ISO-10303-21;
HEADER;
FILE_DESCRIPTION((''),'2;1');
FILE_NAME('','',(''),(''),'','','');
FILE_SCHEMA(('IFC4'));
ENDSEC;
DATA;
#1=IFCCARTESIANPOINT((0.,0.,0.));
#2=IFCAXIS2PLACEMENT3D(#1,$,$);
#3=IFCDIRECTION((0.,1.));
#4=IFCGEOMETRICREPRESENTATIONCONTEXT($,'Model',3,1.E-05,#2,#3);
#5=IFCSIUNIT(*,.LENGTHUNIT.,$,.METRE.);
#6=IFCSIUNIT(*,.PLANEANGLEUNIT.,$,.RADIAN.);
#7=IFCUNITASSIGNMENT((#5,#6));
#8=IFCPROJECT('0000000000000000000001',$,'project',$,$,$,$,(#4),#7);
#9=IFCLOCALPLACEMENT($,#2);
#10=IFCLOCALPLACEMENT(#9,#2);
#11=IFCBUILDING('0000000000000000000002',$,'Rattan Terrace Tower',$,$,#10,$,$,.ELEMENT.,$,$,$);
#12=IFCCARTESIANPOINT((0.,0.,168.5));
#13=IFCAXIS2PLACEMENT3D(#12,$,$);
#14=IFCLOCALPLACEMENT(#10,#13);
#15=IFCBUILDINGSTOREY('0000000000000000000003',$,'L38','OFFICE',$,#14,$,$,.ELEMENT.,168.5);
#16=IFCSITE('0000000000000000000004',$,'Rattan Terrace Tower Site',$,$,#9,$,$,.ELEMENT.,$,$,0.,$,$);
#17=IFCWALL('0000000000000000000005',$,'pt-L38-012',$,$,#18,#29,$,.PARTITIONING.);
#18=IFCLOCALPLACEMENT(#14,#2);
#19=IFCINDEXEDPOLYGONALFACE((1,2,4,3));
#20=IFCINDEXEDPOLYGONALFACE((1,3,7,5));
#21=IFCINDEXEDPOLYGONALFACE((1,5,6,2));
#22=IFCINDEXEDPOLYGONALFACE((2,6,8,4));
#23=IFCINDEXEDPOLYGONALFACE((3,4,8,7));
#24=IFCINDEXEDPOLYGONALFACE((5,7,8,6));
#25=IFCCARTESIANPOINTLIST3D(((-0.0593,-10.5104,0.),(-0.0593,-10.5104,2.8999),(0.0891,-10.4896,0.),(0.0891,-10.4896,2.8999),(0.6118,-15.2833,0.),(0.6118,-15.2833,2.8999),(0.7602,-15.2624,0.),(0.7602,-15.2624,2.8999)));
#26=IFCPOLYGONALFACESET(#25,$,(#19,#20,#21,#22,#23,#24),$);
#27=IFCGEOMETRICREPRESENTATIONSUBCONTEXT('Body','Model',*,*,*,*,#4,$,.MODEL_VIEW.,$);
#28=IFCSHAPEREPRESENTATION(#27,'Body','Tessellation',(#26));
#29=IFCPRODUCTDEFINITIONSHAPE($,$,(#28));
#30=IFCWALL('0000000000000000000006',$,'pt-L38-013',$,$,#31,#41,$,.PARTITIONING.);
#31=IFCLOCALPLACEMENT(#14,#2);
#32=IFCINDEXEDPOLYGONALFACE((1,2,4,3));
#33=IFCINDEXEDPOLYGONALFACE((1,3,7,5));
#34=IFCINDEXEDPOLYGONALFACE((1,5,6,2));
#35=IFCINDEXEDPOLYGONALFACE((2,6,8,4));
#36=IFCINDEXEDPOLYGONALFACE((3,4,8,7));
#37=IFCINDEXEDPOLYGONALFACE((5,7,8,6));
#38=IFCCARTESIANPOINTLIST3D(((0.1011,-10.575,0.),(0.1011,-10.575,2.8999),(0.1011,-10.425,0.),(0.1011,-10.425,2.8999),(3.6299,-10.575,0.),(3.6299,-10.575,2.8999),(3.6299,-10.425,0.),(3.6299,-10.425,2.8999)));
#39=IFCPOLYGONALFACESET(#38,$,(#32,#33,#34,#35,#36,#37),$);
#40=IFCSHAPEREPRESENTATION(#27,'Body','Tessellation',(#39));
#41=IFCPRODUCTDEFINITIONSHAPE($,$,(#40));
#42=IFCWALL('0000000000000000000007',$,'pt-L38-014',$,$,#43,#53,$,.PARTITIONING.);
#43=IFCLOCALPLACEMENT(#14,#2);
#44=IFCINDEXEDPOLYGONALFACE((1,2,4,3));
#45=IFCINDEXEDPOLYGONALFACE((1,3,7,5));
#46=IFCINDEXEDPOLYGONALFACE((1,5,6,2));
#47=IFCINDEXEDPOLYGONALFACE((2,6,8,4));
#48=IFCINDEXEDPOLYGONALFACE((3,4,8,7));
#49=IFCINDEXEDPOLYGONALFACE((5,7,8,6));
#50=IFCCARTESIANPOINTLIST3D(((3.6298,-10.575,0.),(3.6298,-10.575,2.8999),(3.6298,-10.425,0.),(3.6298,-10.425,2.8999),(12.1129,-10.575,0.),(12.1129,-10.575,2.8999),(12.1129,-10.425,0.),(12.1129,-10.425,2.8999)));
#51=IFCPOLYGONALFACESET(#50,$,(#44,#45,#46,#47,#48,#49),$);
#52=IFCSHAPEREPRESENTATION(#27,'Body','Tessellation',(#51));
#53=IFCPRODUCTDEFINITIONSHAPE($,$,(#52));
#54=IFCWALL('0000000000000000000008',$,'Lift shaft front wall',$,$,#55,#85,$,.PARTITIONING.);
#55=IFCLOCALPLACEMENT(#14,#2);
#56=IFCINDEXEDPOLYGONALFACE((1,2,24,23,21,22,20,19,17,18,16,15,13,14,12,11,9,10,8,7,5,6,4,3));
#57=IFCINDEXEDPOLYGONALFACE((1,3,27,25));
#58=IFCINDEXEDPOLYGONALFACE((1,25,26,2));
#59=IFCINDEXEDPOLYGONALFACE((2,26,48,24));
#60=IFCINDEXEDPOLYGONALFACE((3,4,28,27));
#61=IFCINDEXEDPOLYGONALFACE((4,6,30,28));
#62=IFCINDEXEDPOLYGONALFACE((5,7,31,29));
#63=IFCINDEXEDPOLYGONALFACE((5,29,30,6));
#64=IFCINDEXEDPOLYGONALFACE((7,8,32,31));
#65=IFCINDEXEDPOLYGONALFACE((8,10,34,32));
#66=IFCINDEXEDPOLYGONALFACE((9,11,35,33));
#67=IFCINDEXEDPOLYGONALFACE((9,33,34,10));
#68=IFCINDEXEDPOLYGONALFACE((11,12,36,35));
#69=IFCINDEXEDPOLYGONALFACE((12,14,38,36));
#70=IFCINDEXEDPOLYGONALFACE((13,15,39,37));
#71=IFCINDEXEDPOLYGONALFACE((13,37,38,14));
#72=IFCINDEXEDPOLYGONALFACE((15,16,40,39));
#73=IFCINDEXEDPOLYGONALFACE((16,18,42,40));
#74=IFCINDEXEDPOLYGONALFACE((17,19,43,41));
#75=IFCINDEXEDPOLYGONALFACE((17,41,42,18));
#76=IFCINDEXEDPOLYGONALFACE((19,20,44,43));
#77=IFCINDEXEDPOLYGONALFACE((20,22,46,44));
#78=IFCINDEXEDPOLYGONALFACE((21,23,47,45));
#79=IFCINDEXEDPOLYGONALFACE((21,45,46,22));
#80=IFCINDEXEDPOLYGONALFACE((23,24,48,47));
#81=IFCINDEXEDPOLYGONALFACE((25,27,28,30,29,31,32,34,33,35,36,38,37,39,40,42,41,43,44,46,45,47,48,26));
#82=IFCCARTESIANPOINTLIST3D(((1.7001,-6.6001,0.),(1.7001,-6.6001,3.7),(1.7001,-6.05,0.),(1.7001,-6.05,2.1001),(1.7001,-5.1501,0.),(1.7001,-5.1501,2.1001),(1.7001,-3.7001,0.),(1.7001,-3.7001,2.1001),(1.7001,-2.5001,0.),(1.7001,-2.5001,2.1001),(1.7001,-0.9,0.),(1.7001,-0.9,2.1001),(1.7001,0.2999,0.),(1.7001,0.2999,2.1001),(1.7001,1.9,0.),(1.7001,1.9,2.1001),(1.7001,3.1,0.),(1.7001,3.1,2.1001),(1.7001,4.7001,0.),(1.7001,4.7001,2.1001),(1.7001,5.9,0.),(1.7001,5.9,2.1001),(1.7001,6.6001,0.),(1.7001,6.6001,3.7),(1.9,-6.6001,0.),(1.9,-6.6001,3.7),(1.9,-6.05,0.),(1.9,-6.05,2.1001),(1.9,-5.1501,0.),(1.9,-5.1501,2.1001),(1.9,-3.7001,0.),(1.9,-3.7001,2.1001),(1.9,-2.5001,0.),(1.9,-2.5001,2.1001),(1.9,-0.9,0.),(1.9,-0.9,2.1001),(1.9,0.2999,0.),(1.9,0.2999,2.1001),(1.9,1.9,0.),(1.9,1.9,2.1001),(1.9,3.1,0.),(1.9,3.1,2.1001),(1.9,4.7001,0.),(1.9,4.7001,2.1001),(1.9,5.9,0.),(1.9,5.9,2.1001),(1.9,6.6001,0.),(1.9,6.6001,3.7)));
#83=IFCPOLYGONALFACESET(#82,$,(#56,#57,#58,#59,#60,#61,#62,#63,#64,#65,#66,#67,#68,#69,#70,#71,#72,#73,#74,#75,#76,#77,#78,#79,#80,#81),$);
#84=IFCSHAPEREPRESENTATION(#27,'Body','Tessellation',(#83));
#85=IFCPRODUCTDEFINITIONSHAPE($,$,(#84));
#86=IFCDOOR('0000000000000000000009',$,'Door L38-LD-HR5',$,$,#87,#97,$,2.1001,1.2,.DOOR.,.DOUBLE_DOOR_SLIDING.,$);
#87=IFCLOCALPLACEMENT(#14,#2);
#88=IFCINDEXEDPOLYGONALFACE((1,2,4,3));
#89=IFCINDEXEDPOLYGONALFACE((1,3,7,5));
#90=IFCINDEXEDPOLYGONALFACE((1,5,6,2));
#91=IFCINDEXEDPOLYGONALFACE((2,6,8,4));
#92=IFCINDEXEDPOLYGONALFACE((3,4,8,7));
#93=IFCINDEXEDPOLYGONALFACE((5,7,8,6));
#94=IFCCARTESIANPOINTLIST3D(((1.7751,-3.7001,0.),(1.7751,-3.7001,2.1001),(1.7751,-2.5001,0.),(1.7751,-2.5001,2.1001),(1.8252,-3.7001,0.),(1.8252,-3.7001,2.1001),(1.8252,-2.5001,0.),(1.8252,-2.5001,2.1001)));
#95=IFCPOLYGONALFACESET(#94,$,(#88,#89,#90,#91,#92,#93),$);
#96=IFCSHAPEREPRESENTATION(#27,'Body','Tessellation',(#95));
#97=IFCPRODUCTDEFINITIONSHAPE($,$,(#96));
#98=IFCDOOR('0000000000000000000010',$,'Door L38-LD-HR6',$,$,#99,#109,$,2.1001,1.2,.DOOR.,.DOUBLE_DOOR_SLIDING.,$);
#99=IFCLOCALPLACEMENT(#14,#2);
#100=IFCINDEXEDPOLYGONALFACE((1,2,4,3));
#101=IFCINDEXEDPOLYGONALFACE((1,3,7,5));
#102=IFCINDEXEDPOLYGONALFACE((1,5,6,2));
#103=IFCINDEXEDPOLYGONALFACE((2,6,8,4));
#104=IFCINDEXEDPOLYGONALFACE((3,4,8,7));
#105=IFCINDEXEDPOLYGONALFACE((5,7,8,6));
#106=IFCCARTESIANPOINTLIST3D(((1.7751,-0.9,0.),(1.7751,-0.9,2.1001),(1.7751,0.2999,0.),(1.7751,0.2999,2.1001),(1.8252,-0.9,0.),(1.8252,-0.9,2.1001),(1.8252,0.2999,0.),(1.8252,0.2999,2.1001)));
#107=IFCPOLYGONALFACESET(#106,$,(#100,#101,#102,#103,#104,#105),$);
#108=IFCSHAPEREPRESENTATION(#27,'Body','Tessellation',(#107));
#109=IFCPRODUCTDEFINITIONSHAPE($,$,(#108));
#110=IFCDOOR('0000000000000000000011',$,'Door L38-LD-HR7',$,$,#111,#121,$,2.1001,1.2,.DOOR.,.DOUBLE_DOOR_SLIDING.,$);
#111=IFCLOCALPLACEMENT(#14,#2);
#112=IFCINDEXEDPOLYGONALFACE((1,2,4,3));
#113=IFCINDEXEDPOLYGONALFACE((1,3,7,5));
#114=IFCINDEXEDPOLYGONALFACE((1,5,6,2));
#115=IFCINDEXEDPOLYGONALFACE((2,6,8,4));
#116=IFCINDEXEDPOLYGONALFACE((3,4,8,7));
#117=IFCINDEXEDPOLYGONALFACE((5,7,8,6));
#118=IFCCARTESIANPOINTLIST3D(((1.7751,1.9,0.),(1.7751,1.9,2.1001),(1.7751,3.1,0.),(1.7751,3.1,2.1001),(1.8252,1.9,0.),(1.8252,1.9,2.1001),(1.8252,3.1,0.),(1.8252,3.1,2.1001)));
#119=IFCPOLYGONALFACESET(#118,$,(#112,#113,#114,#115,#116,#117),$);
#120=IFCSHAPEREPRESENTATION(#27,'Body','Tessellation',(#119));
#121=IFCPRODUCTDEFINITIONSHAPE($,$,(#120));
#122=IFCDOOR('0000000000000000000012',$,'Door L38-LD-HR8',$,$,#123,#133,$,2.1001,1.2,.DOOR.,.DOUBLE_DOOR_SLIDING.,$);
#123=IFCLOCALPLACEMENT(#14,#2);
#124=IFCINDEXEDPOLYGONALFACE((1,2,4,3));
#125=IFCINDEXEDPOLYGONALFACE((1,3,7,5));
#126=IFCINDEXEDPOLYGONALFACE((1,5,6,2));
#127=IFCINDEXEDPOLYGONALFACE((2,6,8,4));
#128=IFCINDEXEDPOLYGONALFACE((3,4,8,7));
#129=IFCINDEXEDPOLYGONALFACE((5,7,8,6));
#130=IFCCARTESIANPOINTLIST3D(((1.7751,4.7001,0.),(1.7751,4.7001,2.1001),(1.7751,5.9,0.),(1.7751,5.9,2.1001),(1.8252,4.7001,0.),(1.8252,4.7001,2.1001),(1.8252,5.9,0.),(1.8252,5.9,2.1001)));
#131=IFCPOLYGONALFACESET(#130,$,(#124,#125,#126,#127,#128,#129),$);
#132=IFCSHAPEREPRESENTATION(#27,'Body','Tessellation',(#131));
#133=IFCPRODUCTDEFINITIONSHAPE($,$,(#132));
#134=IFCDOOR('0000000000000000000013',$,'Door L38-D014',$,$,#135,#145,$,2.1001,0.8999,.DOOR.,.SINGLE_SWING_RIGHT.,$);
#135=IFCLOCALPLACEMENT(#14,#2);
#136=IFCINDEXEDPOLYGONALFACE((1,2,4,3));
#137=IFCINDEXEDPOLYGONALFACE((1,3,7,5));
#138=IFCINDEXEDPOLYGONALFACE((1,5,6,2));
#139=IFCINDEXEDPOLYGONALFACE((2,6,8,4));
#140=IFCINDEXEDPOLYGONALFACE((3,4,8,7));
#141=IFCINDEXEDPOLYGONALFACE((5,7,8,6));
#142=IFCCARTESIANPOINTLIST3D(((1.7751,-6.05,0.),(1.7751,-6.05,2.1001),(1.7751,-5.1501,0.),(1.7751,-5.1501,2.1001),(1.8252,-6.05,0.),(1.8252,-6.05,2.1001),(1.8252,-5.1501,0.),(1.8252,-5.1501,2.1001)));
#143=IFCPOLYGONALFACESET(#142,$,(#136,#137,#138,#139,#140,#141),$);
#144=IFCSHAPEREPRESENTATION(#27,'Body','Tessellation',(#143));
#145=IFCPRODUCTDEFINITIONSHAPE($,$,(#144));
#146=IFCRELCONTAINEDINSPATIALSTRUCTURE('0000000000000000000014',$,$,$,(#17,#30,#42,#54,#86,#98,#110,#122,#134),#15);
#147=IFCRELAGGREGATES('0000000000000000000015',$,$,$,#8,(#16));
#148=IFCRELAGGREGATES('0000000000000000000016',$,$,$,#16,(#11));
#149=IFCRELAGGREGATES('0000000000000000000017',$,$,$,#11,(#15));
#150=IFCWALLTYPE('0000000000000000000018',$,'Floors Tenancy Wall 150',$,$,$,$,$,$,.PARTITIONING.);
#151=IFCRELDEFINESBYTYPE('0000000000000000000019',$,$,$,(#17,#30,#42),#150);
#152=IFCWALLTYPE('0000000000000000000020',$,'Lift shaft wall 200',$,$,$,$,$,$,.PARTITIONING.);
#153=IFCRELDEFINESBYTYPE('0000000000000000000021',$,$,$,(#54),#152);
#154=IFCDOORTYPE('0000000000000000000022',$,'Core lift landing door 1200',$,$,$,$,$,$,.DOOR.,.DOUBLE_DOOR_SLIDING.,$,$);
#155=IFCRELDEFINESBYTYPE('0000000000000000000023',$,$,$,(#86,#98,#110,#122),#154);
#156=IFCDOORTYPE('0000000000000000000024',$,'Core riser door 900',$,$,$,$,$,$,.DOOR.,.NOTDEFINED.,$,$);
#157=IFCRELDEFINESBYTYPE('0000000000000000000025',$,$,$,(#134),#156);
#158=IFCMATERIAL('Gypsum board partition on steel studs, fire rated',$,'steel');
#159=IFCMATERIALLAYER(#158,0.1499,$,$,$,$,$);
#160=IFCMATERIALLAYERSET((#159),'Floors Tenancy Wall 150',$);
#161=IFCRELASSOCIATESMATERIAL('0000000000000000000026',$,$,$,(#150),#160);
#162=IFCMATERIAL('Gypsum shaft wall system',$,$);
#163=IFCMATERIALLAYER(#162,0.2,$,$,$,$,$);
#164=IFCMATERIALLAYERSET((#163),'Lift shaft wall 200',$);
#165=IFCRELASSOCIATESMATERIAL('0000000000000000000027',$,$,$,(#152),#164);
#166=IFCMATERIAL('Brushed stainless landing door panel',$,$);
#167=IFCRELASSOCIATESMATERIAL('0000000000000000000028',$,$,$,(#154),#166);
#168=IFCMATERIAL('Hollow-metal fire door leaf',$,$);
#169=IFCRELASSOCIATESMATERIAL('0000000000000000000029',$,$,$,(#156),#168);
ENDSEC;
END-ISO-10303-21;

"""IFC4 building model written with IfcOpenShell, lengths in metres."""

from ifc_helpers import new_model, si_unit, direction, frame, frame_2d, origin, place, context, subcontext, project, spatial, rectangle, extrude, material, layer, layer_set, type_object, element, fill, save


model = new_model("IFC4")

# Units and contexts
model_context = context("Model", 3, precision=1e-05, world=origin(), true_north=direction((0.0, 1.0)))
body_context = subcontext(model_context, "Body", "Model", "MODEL_VIEW")
ifc_project = project(units=[si_unit("LENGTHUNIT", "METRE"), si_unit("PLANEANGLEUNIT", "RADIAN")], contexts=[model_context])

# Site, building, storey
site_placement = place(None, origin())
site = spatial("IfcSite", under=ifc_project, at=site_placement, Name="Rattan Terrace Tower Site", CompositionType="ELEMENT", RefElevation=0.0)
building_placement = place(site_placement, origin())
building = spatial("IfcBuilding", under=site, at=building_placement, Name="Rattan Terrace Tower", CompositionType="ELEMENT")
storey_placement = place(building_placement, frame((0.0, 0.0, 168.5)))
storey = spatial("IfcBuildingStorey", under=building, at=storey_placement, Name="L38", Description="OFFICE", CompositionType="ELEMENT", Elevation=168.5)

# Walls
ifc_material_1 = material(Name="Gypsum board partition on steel studs, fire rated", Category="steel")
ifc_layer_1 = layer(ifc_material_1, 0.1499)
ifc_layer_set_1 = layer_set([ifc_layer_1], Name="Floors Tenancy Wall 150")
wall_type_1 = type_object("IfcWallType", Name="Floors Tenancy Wall 150", PredefinedType="PARTITIONING", material=ifc_layer_set_1)
wall_1_placement = place(storey_placement, frame((0.0149, -10.5, 0.0), z_axis=(0.0, 0.0, 1.0), x_axis=(0.139244, -0.990258, 0.0)))
element("IfcWall", 1, at=wall_1_placement, inside=storey, type_object=wall_type_1, Name="pt-L38-012", PredefinedType="PARTITIONING", context=body_context, shape_type="SweptSolid", body=[
    extrude(rectangle(XDim=4.8198, YDim=0.1499, at=frame_2d((2.4099, 0.0))), origin(), (0.0, 0.0, 1.0), 2.8999),
])
wall_2_placement = place(storey_placement, frame((3.6299, -10.5, 0.0), z_axis=(0.0, 0.0, 1.0), x_axis=(-1.0, 0.0, 0.0)))
element("IfcWall", 2, at=wall_2_placement, inside=storey, type_object=wall_type_1, Name="pt-L38-013", PredefinedType="PARTITIONING", context=body_context, shape_type="SweptSolid", body=[
    extrude(rectangle(XDim=3.5288, YDim=0.1499, at=frame_2d((1.7644, 0.0))), origin(), (0.0, 0.0, 1.0), 2.8999),
])
wall_3_placement = place(storey_placement, frame((12.113, -10.5, 0.0), z_axis=(0.0, 0.0, 1.0), x_axis=(-1.0, 0.0, 0.0)))
element("IfcWall", 3, at=wall_3_placement, inside=storey, type_object=wall_type_1, Name="pt-L38-014", PredefinedType="PARTITIONING", context=body_context, shape_type="SweptSolid", body=[
    extrude(rectangle(XDim=8.4832, YDim=0.1499, at=frame_2d((4.2417, 0.0))), origin(), (0.0, 0.0, 1.0), 2.8999),
])

# Wall, openings, doors
ifc_material_2 = material(Name="Gypsum shaft wall system")
ifc_layer_2 = layer(ifc_material_2, 0.2)
ifc_layer_set_2 = layer_set([ifc_layer_2], Name="Lift shaft wall 200")
wall_type_2 = type_object("IfcWallType", Name="Lift shaft wall 200", PredefinedType="PARTITIONING", material=ifc_layer_set_2)
wall_4_placement = place(storey_placement, frame((1.8, -6.6001, 0.0), z_axis=(0.0, 0.0, 1.0), x_axis=(0.0, 1.0, 0.0)))
wall_4 = element("IfcWall", 4, at=wall_4_placement, inside=storey, type_object=wall_type_2, Name="Lift shaft front wall", PredefinedType="PARTITIONING", context=body_context, shape_type="SweptSolid", body=[
    extrude(rectangle(XDim=13.2002, YDim=0.2, at=frame_2d((6.6001, 0.0))), origin(), (0.0, 0.0, 1.0), 3.7),
])
opening_1_placement = place(wall_4_placement, frame((0.55, 0.0, 0.0)))
opening_1 = element("IfcOpeningElement", 5, at=opening_1_placement, cuts=wall_4, PredefinedType="OPENING", context=body_context, shape_type="SweptSolid", body=[
    extrude(rectangle(XDim=0.8999, YDim=2.1001, at=frame_2d((0.45, 1.05))), frame((0.0, 0.1106, 0.0), z_axis=(0.0, -1.0, 0.0), x_axis=(1.0, 0.0, 0.0)), (0.0, 0.0, 1.0), 0.2209),
])
opening_2_placement = place(wall_4_placement, frame((2.8999, 0.0, 0.0)))
opening_2 = element("IfcOpeningElement", 6, at=opening_2_placement, cuts=wall_4, PredefinedType="OPENING", context=body_context, shape_type="SweptSolid", body=[
    extrude(rectangle(XDim=1.2, YDim=2.1001, at=frame_2d((0.6001, 1.05))), frame((0.0, 0.1106, 0.0), z_axis=(0.0, -1.0, 0.0), x_axis=(1.0, 0.0, 0.0)), (0.0, 0.0, 1.0), 0.2209),
])
opening_3_placement = place(wall_4_placement, frame((5.7, 0.0, 0.0)))
opening_3 = element("IfcOpeningElement", 7, at=opening_3_placement, cuts=wall_4, PredefinedType="OPENING", context=body_context, shape_type="SweptSolid", body=[
    extrude(rectangle(XDim=1.2, YDim=2.1001, at=frame_2d((0.6001, 1.05))), frame((0.0, 0.1106, 0.0), z_axis=(0.0, -1.0, 0.0), x_axis=(1.0, 0.0, 0.0)), (0.0, 0.0, 1.0), 0.2209),
])
opening_4_placement = place(wall_4_placement, frame((8.5, 0.0, 0.0)))
opening_4 = element("IfcOpeningElement", 8, at=opening_4_placement, cuts=wall_4, PredefinedType="OPENING", context=body_context, shape_type="SweptSolid", body=[
    extrude(rectangle(XDim=1.2, YDim=2.1001, at=frame_2d((0.6001, 1.05))), frame((0.0, 0.1106, 0.0), z_axis=(0.0, -1.0, 0.0), x_axis=(1.0, 0.0, 0.0)), (0.0, 0.0, 1.0), 0.2209),
])
opening_5_placement = place(wall_4_placement, frame((11.3, 0.0, 0.0)))
opening_5 = element("IfcOpeningElement", 9, at=opening_5_placement, cuts=wall_4, PredefinedType="OPENING", context=body_context, shape_type="SweptSolid", body=[
    extrude(rectangle(XDim=1.2, YDim=2.1001, at=frame_2d((0.6001, 1.05))), frame((0.0, 0.1106, 0.0), z_axis=(0.0, -1.0, 0.0), x_axis=(1.0, 0.0, 0.0)), (0.0, 0.0, 1.0), 0.2209),
])
ifc_material_3 = material(Name="Brushed stainless landing door panel")
door_type_1 = type_object("IfcDoorType", Name="Core lift landing door 1200", OperationType="DOUBLE_DOOR_SLIDING", PredefinedType="DOOR", material=ifc_material_3)
door_1_placement = place(opening_2_placement, origin())
door_1 = element("IfcDoor", 10, at=door_1_placement, inside=storey, type_object=door_type_1, Name="Door L38-LD-HR5", OperationType="DOUBLE_DOOR_SLIDING", OverallHeight=2.1001, OverallWidth=1.2, PredefinedType="DOOR", context=body_context, shape_type="SweptSolid", body=[
    extrude(rectangle(XDim=1.2, YDim=2.1001, at=frame_2d((0.6001, 1.05))), frame((0.0, 0.0249, 0.0), z_axis=(0.0, -1.0, 0.0), x_axis=(1.0, 0.0, 0.0)), (0.0, 0.0, 1.0), 0.05),
])
fill(opening_2, door_1)
door_2_placement = place(opening_3_placement, origin())
door_2 = element("IfcDoor", 11, at=door_2_placement, inside=storey, type_object=door_type_1, Name="Door L38-LD-HR6", OperationType="DOUBLE_DOOR_SLIDING", OverallHeight=2.1001, OverallWidth=1.2, PredefinedType="DOOR", context=body_context, shape_type="SweptSolid", body=[
    extrude(rectangle(XDim=1.2, YDim=2.1001, at=frame_2d((0.6001, 1.05))), frame((0.0, 0.0249, 0.0), z_axis=(0.0, -1.0, 0.0), x_axis=(1.0, 0.0, 0.0)), (0.0, 0.0, 1.0), 0.05),
])
fill(opening_3, door_2)
door_3_placement = place(opening_4_placement, origin())
door_3 = element("IfcDoor", 12, at=door_3_placement, inside=storey, type_object=door_type_1, Name="Door L38-LD-HR7", OperationType="DOUBLE_DOOR_SLIDING", OverallHeight=2.1001, OverallWidth=1.2, PredefinedType="DOOR", context=body_context, shape_type="SweptSolid", body=[
    extrude(rectangle(XDim=1.2, YDim=2.1001, at=frame_2d((0.6001, 1.05))), frame((0.0, 0.0249, 0.0), z_axis=(0.0, -1.0, 0.0), x_axis=(1.0, 0.0, 0.0)), (0.0, 0.0, 1.0), 0.05),
])
fill(opening_4, door_3)
door_4_placement = place(opening_5_placement, origin())
door_4 = element("IfcDoor", 13, at=door_4_placement, inside=storey, type_object=door_type_1, Name="Door L38-LD-HR8", OperationType="DOUBLE_DOOR_SLIDING", OverallHeight=2.1001, OverallWidth=1.2, PredefinedType="DOOR", context=body_context, shape_type="SweptSolid", body=[
    extrude(rectangle(XDim=1.2, YDim=2.1001, at=frame_2d((0.6001, 1.05))), frame((0.0, 0.0249, 0.0), z_axis=(0.0, -1.0, 0.0), x_axis=(1.0, 0.0, 0.0)), (0.0, 0.0, 1.0), 0.05),
])
fill(opening_5, door_4)
ifc_material_4 = material(Name="Hollow-metal fire door leaf")
door_type_2 = type_object("IfcDoorType", Name="Core riser door 900", OperationType="NOTDEFINED", PredefinedType="DOOR", material=ifc_material_4)
door_5_placement = place(opening_1_placement, origin())
door_5 = element("IfcDoor", 14, at=door_5_placement, inside=storey, type_object=door_type_2, Name="Door L38-D014", OperationType="SINGLE_SWING_RIGHT", OverallHeight=2.1001, OverallWidth=0.8999, PredefinedType="DOOR", context=body_context, shape_type="SweptSolid", body=[
    extrude(rectangle(XDim=0.8999, YDim=2.1001, at=frame_2d((0.45, 1.05))), frame((0.0, 0.0249, 0.0), z_axis=(0.0, -1.0, 0.0), x_axis=(1.0, 0.0, 0.0)), (0.0, 0.0, 1.0), 0.05),
])
fill(opening_1, door_5)

save(model, "model.ifc")
